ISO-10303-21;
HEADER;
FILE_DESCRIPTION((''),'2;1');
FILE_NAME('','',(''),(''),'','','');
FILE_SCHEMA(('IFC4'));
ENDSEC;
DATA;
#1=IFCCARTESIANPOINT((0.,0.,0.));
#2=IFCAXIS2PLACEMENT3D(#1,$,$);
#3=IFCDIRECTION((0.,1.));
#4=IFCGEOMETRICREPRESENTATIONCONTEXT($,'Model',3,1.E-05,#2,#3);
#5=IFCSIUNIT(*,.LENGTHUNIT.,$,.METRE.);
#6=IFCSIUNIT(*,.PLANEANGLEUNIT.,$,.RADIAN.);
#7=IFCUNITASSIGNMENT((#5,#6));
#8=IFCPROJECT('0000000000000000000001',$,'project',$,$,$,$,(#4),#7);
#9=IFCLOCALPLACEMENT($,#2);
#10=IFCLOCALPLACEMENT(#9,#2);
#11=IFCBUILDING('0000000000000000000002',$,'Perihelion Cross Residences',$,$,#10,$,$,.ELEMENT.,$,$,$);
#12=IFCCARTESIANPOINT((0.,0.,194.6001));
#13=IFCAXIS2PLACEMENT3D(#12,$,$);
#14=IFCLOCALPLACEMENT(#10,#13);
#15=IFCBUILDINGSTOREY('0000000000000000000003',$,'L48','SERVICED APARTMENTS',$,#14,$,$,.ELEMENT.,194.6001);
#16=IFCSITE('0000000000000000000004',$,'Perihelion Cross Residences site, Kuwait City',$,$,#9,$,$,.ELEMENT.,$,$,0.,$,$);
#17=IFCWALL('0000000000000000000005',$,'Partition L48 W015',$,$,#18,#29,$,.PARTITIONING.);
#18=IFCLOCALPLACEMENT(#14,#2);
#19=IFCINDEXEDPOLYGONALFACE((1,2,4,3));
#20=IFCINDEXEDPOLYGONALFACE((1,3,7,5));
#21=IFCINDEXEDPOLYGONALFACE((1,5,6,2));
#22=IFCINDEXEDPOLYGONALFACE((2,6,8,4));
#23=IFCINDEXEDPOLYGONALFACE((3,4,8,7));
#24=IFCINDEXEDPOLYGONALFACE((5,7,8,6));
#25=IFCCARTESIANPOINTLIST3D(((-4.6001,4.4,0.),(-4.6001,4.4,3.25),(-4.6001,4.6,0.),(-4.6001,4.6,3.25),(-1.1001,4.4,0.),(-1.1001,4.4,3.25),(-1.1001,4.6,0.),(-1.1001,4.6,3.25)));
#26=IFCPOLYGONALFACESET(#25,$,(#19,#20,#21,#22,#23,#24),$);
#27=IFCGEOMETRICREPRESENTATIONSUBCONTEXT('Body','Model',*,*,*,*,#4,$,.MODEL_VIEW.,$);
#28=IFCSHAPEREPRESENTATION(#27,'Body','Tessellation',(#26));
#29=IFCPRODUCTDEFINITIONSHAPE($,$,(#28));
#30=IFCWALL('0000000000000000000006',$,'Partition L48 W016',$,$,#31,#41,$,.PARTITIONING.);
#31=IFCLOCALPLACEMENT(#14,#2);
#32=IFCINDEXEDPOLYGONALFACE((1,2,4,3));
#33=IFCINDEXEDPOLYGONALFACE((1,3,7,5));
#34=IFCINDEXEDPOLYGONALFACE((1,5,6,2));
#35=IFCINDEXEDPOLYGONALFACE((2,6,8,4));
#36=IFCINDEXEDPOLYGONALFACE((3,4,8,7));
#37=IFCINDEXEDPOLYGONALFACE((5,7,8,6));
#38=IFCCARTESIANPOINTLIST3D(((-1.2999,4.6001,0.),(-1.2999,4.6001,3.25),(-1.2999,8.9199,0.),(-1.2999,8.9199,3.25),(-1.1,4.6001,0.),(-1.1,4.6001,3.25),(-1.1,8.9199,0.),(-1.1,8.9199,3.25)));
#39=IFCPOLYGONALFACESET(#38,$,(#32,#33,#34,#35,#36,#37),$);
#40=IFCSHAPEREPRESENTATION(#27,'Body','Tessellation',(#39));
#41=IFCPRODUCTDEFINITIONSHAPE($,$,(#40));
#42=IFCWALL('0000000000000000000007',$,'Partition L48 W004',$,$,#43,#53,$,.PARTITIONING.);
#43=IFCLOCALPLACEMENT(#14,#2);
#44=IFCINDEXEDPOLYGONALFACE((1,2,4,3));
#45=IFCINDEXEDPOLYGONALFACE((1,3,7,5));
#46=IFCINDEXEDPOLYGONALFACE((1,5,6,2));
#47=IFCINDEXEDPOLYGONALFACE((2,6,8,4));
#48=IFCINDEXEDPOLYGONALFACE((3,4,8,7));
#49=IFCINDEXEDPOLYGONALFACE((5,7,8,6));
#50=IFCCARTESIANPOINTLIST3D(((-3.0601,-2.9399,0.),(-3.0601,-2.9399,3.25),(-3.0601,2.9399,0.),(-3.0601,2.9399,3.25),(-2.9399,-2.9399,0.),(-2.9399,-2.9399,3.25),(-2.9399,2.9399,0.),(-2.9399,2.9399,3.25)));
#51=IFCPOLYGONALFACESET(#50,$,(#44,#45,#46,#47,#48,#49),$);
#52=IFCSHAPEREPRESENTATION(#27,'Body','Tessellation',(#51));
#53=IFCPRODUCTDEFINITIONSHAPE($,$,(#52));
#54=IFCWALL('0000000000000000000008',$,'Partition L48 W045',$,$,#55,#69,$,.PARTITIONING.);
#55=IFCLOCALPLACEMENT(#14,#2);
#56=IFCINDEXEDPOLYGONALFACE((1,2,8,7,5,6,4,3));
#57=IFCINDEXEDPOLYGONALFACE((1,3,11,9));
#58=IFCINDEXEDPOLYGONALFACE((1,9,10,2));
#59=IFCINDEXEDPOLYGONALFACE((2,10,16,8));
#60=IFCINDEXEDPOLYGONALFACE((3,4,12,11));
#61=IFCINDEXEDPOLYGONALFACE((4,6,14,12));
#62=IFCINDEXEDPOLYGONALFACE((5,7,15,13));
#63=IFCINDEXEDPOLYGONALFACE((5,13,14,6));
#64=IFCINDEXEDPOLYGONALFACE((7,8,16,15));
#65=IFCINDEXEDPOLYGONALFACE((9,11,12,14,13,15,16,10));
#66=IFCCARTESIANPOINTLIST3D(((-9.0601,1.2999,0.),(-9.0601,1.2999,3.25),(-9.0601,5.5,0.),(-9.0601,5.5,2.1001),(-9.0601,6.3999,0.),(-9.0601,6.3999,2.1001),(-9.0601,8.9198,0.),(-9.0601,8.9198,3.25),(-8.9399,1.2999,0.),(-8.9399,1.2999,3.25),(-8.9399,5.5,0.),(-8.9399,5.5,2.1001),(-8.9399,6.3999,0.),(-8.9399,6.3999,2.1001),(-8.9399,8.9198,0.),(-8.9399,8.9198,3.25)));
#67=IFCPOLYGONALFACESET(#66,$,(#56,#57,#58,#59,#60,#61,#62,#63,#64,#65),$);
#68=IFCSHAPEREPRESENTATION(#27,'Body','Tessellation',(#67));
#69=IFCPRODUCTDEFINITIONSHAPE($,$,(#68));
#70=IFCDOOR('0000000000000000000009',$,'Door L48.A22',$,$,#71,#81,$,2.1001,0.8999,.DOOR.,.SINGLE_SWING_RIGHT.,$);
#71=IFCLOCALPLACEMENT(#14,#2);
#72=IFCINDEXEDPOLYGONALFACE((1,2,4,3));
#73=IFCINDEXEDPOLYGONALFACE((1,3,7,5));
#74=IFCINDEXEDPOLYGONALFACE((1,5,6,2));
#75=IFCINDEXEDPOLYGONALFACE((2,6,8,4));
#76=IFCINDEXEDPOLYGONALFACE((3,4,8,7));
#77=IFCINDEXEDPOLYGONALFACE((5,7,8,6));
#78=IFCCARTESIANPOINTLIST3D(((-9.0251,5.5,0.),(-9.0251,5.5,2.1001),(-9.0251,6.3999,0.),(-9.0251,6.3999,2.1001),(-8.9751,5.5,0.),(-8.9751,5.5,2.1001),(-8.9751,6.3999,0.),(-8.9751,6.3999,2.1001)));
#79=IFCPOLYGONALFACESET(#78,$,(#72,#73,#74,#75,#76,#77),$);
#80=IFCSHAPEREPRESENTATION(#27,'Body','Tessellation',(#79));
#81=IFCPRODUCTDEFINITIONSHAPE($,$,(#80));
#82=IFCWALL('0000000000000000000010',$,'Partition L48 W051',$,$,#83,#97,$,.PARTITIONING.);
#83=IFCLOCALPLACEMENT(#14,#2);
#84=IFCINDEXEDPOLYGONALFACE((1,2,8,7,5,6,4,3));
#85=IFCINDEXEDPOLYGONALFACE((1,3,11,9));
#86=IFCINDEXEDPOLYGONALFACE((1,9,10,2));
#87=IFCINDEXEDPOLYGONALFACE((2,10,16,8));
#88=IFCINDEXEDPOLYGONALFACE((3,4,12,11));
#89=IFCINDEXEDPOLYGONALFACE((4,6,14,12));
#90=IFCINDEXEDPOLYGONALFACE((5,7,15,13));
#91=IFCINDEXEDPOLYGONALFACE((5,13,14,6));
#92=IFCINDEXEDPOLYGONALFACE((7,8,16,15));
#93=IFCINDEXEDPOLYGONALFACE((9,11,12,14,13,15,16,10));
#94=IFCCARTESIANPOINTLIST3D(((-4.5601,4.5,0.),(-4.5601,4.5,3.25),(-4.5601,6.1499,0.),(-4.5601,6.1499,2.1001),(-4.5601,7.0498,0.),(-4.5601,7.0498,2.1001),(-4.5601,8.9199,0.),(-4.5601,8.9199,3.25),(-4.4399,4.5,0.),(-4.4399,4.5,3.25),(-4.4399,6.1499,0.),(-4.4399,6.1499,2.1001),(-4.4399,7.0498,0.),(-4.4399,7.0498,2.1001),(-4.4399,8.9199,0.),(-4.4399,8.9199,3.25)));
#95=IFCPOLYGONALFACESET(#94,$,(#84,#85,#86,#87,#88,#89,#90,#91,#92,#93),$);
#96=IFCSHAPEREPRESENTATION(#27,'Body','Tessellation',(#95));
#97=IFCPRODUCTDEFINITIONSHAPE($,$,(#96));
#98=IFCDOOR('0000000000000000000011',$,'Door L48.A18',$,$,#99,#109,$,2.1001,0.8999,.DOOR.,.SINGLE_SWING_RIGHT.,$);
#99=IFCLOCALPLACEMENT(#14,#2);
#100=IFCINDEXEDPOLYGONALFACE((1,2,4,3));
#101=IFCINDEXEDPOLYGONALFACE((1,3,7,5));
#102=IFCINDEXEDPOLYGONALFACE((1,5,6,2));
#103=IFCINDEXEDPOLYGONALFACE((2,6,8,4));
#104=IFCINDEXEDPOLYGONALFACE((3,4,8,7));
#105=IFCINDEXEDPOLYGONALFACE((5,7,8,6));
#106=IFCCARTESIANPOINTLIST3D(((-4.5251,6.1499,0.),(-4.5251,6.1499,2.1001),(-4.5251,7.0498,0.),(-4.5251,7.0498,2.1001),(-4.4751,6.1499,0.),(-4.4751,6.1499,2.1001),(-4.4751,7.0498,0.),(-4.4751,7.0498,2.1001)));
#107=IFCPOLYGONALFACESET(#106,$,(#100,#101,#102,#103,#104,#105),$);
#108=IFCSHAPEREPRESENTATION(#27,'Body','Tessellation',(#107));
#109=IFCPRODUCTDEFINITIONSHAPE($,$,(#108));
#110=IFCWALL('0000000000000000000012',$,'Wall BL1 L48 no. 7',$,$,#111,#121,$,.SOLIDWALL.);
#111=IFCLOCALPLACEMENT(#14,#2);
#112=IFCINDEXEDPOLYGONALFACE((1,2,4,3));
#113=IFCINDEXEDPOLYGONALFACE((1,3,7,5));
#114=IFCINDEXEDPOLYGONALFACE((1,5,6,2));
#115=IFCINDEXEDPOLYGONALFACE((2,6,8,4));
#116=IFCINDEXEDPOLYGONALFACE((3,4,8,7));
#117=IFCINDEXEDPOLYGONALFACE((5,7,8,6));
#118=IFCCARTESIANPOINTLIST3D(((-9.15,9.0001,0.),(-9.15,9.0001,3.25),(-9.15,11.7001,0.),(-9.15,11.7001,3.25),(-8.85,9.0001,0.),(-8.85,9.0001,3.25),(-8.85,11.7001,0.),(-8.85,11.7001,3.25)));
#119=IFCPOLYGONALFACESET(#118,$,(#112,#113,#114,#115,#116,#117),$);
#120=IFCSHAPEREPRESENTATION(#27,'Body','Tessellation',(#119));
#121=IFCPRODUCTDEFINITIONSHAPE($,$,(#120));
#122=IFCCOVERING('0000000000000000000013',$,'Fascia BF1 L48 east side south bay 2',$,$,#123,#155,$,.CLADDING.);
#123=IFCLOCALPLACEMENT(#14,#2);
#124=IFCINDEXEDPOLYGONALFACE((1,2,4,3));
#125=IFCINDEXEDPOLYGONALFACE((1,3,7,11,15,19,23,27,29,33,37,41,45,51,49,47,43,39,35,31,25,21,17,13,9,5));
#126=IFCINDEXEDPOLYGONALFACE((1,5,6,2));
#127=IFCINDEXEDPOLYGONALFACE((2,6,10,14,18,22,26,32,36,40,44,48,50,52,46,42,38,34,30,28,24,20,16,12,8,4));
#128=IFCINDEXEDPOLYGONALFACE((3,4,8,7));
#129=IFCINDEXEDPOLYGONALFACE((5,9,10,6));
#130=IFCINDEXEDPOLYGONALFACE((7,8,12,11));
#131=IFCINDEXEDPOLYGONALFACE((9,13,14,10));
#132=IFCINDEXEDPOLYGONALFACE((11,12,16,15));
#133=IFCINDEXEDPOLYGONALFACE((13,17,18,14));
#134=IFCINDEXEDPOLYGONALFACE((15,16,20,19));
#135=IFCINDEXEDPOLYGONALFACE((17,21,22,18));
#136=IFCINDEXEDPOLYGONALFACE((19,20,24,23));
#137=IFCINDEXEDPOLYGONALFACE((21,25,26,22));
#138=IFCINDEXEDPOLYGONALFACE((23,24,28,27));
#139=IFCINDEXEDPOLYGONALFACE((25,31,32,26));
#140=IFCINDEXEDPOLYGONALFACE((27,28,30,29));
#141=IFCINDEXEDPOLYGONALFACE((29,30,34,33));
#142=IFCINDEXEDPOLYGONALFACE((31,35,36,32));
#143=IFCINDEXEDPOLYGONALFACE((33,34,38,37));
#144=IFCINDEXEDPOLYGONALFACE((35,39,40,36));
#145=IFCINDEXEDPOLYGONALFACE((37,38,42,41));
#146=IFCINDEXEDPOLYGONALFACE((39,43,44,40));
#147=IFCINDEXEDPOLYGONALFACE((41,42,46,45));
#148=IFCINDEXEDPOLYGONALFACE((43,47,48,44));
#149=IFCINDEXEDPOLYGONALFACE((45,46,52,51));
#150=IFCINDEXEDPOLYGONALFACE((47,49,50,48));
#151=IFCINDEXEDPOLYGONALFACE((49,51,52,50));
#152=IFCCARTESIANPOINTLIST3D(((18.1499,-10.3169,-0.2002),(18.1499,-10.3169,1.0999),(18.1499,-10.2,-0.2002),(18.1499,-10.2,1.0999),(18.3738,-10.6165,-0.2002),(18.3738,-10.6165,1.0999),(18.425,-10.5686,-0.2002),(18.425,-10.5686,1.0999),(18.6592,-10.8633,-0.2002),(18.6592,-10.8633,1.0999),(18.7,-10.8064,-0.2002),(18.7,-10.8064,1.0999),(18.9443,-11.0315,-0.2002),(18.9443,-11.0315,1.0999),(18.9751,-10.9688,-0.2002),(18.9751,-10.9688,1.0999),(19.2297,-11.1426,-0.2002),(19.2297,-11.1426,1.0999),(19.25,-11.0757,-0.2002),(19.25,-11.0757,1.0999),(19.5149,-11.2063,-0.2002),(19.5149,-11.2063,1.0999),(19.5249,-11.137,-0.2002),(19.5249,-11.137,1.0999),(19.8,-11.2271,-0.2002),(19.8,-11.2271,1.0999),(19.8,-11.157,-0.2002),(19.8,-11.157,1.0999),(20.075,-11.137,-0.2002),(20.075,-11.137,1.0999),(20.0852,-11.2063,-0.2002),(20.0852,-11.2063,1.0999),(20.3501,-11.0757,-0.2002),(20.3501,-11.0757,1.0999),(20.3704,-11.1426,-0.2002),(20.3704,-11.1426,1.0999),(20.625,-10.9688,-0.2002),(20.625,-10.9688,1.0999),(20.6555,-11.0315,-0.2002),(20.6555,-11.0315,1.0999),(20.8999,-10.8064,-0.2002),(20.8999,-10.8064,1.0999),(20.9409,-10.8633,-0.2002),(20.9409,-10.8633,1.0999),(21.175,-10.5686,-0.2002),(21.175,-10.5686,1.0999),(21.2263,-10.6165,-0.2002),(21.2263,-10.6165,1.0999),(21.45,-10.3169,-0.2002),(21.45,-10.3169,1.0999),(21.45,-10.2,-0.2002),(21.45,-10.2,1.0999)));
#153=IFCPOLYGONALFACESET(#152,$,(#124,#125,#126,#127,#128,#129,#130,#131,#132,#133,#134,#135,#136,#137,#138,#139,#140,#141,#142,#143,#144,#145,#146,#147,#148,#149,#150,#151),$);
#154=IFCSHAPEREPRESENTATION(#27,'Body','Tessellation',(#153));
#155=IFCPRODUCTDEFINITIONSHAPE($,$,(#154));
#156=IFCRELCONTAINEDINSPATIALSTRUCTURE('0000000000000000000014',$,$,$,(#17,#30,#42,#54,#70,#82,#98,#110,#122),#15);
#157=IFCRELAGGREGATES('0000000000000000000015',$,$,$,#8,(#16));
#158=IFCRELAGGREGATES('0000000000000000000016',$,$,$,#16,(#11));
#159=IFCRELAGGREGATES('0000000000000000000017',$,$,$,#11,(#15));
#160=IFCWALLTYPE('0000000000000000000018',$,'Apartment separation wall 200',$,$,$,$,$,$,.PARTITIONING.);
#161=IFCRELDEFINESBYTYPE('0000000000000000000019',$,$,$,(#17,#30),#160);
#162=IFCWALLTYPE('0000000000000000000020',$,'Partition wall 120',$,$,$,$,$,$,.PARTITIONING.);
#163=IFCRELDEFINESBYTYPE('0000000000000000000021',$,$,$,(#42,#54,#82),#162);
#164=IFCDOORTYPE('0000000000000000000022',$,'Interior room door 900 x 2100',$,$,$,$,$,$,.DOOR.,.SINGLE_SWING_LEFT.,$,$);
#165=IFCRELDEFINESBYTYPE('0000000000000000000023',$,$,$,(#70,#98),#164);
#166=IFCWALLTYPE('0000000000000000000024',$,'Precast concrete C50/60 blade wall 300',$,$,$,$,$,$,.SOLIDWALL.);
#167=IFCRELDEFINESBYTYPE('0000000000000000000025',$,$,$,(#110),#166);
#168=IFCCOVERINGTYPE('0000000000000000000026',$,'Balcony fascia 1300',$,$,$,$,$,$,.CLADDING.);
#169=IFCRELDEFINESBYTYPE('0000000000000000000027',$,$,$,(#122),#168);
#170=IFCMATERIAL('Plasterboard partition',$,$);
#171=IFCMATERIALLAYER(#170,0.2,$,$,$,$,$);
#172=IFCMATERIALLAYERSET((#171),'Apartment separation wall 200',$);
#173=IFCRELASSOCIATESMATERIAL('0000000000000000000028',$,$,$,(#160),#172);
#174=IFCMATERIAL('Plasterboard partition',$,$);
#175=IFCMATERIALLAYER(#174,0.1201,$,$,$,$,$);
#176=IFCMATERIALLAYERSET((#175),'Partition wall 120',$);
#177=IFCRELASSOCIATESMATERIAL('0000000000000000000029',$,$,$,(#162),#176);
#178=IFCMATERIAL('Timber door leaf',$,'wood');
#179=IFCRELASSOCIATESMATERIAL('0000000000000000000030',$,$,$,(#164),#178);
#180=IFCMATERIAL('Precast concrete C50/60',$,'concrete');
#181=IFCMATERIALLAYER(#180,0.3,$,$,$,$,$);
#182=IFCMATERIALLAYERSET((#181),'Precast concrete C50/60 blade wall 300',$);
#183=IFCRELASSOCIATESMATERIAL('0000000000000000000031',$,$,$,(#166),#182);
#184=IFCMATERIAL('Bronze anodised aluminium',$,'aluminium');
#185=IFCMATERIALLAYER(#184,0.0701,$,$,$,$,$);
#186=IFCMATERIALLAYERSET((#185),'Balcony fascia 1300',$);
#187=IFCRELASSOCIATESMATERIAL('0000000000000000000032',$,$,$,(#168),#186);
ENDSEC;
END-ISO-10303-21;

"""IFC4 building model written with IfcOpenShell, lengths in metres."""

from ifc_helpers import new_model, si_unit, direction, frame, frame_2d, origin, place, context, subcontext, project, spatial, polyline, rectangle, outline, extrude, material, layer, layer_set, type_object, element, fill, save


model = new_model("IFC4")

# Units and contexts
model_context = context("Model", 3, precision=1e-05, world=origin(), true_north=direction((0.0, 1.0)))
body_context = subcontext(model_context, "Body", "Model", "MODEL_VIEW")
ifc_project = project(units=[si_unit("LENGTHUNIT", "METRE"), si_unit("PLANEANGLEUNIT", "RADIAN")], contexts=[model_context])

# Site, building, storey
site_placement = place(None, origin())
site = spatial("IfcSite", under=ifc_project, at=site_placement, Name="Perihelion Cross Residences site, Kuwait City", CompositionType="ELEMENT", RefElevation=0.0)
building_placement = place(site_placement, origin())
building = spatial("IfcBuilding", under=site, at=building_placement, Name="Perihelion Cross Residences", CompositionType="ELEMENT")
storey_placement = place(building_placement, frame((0.0, 0.0, 194.6001)))
storey = spatial("IfcBuildingStorey", under=building, at=storey_placement, Name="L48", Description="SERVICED APARTMENTS", CompositionType="ELEMENT", Elevation=194.6001)

# Walls
ifc_material_1 = material(Name="Plasterboard partition")
ifc_layer_1 = layer(ifc_material_1, 0.2)
ifc_layer_set_1 = layer_set([ifc_layer_1], Name="Apartment separation wall 200")
wall_type_1 = type_object("IfcWallType", Name="Apartment separation wall 200", PredefinedType="PARTITIONING", material=ifc_layer_set_1)
wall_1_placement = place(storey_placement, frame((-4.6001, 4.5, 0.0), z_axis=(0.0, 0.0, 1.0), x_axis=(1.0, 0.0, 0.0)))
element("IfcWall", 1, at=wall_1_placement, inside=storey, type_object=wall_type_1, Name="Partition L48 W015", PredefinedType="PARTITIONING", context=body_context, shape_type="SweptSolid", body=[
    extrude(rectangle(XDim=3.5, YDim=0.2, at=frame_2d((1.75, 0.0))), origin(), (0.0, 0.0, 1.0), 3.25),
])
wall_2_placement = place(storey_placement, frame((-1.2, 4.6001, 0.0), z_axis=(0.0, 0.0, 1.0), x_axis=(0.0, 1.0, 0.0)))
element("IfcWall", 2, at=wall_2_placement, inside=storey, type_object=wall_type_1, Name="Partition L48 W016", PredefinedType="PARTITIONING", context=body_context, shape_type="SweptSolid", body=[
    extrude(rectangle(XDim=4.3198, YDim=0.2, at=frame_2d((2.1599, 0.0))), origin(), (0.0, 0.0, 1.0), 3.25),
])

# Wall
ifc_material_2 = material(Name="Plasterboard partition")
ifc_layer_2 = layer(ifc_material_2, 0.1201)
ifc_layer_set_2 = layer_set([ifc_layer_2], Name="Partition wall 120")
wall_type_2 = type_object("IfcWallType", Name="Partition wall 120", PredefinedType="PARTITIONING", material=ifc_layer_set_2)
wall_3_placement = place(storey_placement, frame((-3.0, 2.9399, 0.0), z_axis=(0.0, 0.0, 1.0), x_axis=(0.0, -1.0, 0.0)))
element("IfcWall", 3, at=wall_3_placement, inside=storey, type_object=wall_type_2, Name="Partition L48 W004", PredefinedType="PARTITIONING", context=body_context, shape_type="SweptSolid", body=[
    extrude(rectangle(XDim=5.8799, YDim=0.1201, at=frame_2d((2.9399, 0.0))), origin(), (0.0, 0.0, 1.0), 3.25),
])

# Walls, openings, doors
wall_4_placement = place(storey_placement, frame((-9.0, 8.9199, 0.0), z_axis=(0.0, 0.0, 1.0), x_axis=(0.0, -1.0, 0.0)))
wall_4 = element("IfcWall", 4, at=wall_4_placement, inside=storey, type_object=wall_type_2, Name="Partition L48 W045", PredefinedType="PARTITIONING", context=body_context, shape_type="SweptSolid", body=[
    extrude(rectangle(XDim=7.6199, YDim=0.1201, at=frame_2d((3.8101, 0.0))), origin(), (0.0, 0.0, 1.0), 3.25),
])
opening_1_placement = place(wall_4_placement, frame((2.52, 0.0, 0.0)))
opening_1 = element("IfcOpeningElement", 5, at=opening_1_placement, cuts=wall_4, PredefinedType="OPENING", context=body_context, shape_type="SweptSolid", body=[
    extrude(rectangle(XDim=0.8999, YDim=2.1001, at=frame_2d((0.45, 1.05))), frame((0.0, 0.0701, 0.0), z_axis=(0.0, -1.0, 0.0), x_axis=(1.0, 0.0, 0.0)), (0.0, 0.0, 1.0), 0.1401),
])
ifc_material_3 = material(Name="Timber door leaf", Category="wood")
door_type_1 = type_object("IfcDoorType", Name="Interior room door 900 x 2100", OperationType="SINGLE_SWING_LEFT", PredefinedType="DOOR", material=ifc_material_3)
door_1_placement = place(opening_1_placement, origin())
door_1 = element("IfcDoor", 6, at=door_1_placement, inside=storey, type_object=door_type_1, Name="Door L48.A22", OperationType="SINGLE_SWING_RIGHT", OverallHeight=2.1001, OverallWidth=0.8999, PredefinedType="DOOR", context=body_context, shape_type="SweptSolid", body=[
    extrude(rectangle(XDim=0.8999, YDim=2.1001, at=frame_2d((0.45, 1.05))), frame((0.0, 0.0249, 0.0), z_axis=(0.0, -1.0, 0.0), x_axis=(1.0, 0.0, 0.0)), (0.0, 0.0, 1.0), 0.05),
])
fill(opening_1, door_1)
wall_5_placement = place(storey_placement, frame((-4.5, 8.9199, 0.0), z_axis=(0.0, 0.0, 1.0), x_axis=(0.0, -1.0, 0.0)))
wall_5 = element("IfcWall", 7, at=wall_5_placement, inside=storey, type_object=wall_type_2, Name="Partition L48 W051", PredefinedType="PARTITIONING", context=body_context, shape_type="SweptSolid", body=[
    extrude(rectangle(XDim=4.4199, YDim=0.1201, at=frame_2d((2.21, 0.0))), origin(), (0.0, 0.0, 1.0), 3.25),
])
opening_2_placement = place(wall_5_placement, frame((1.8701, 0.0, 0.0)))
opening_2 = element("IfcOpeningElement", 8, at=opening_2_placement, cuts=wall_5, PredefinedType="OPENING", context=body_context, shape_type="SweptSolid", body=[
    extrude(rectangle(XDim=0.8999, YDim=2.1001, at=frame_2d((0.45, 1.05))), frame((0.0, 0.0701, 0.0), z_axis=(0.0, -1.0, 0.0), x_axis=(1.0, 0.0, 0.0)), (0.0, 0.0, 1.0), 0.1401),
])
door_2_placement = place(opening_2_placement, origin())
door_2 = element("IfcDoor", 9, at=door_2_placement, inside=storey, type_object=door_type_1, Name="Door L48.A18", OperationType="SINGLE_SWING_RIGHT", OverallHeight=2.1001, OverallWidth=0.8999, PredefinedType="DOOR", context=body_context, shape_type="SweptSolid", body=[
    extrude(rectangle(XDim=0.8999, YDim=2.1001, at=frame_2d((0.45, 1.05))), frame((0.0, 0.0249, 0.0), z_axis=(0.0, -1.0, 0.0), x_axis=(1.0, 0.0, 0.0)), (0.0, 0.0, 1.0), 0.05),
])
fill(opening_2, door_2)

# Wall
ifc_material_4 = material(Name="Precast concrete C50/60", Category="concrete")
ifc_layer_3 = layer(ifc_material_4, 0.3)
ifc_layer_set_3 = layer_set([ifc_layer_3], Name="Precast concrete C50/60 blade wall 300")
wall_type_3 = type_object("IfcWallType", Name="Precast concrete C50/60 blade wall 300", PredefinedType="SOLIDWALL", material=ifc_layer_set_3)
wall_6_placement = place(storey_placement, frame((-9.0, 9.0, 0.0), z_axis=(0.0, 0.0, 1.0), x_axis=(0.0, 1.0, 0.0)))
element("IfcWall", 10, at=wall_6_placement, inside=storey, type_object=wall_type_3, Name="Wall BL1 L48 no. 7", PredefinedType="SOLIDWALL", context=body_context, shape_type="SweptSolid", body=[
    extrude(rectangle(XDim=2.7, YDim=0.3, at=frame_2d((1.3501, 0.0))), origin(), (0.0, 0.0, 1.0), 3.25),
])

# Covering
ifc_material_5 = material(Name="Bronze anodised aluminium", Category="aluminium")
ifc_layer_4 = layer(ifc_material_5, 0.0701)
ifc_layer_set_4 = layer_set([ifc_layer_4], Name="Balcony fascia 1300")
covering_type = type_object("IfcCoveringType", Name="Balcony fascia 1300", PredefinedType="CLADDING", material=ifc_layer_set_4)
covering_placement = place(storey_placement, frame((0.0, 0.0, -0.2002)))
element("IfcCovering", 11, at=covering_placement, inside=storey, type_object=covering_type, Name="Fascia BF1 L48 east side south bay 2", PredefinedType="CLADDING", context=body_context, shape_type="SweptSolid", body=[
    extrude(outline(polyline([(18.3738, -10.6165), (18.6592, -10.8633), (18.9443, -11.0315), (19.2297, -11.1426), (19.5149, -11.2063), (19.8, -11.2271), (20.0852, -11.2063), (20.3704, -11.1426), (20.6555, -11.0315), (20.9409, -10.8633), (21.2263, -10.6165), (21.45, -10.3169), (21.45, -10.2), (21.175, -10.5686), (20.8999, -10.8064), (20.625, -10.9688), (20.3501, -11.0757), (20.075, -11.137), (19.8, -11.157), (19.5249, -11.137), (19.25, -11.0757), (18.9751, -10.9688), (18.7, -10.8064), (18.425, -10.5686), (18.1499, -10.2), (18.1499, -10.3169), (18.3738, -10.6165)])), origin(), (0.0, 0.0, 1.0), 1.3),
])

save(model, "model.ifc")
